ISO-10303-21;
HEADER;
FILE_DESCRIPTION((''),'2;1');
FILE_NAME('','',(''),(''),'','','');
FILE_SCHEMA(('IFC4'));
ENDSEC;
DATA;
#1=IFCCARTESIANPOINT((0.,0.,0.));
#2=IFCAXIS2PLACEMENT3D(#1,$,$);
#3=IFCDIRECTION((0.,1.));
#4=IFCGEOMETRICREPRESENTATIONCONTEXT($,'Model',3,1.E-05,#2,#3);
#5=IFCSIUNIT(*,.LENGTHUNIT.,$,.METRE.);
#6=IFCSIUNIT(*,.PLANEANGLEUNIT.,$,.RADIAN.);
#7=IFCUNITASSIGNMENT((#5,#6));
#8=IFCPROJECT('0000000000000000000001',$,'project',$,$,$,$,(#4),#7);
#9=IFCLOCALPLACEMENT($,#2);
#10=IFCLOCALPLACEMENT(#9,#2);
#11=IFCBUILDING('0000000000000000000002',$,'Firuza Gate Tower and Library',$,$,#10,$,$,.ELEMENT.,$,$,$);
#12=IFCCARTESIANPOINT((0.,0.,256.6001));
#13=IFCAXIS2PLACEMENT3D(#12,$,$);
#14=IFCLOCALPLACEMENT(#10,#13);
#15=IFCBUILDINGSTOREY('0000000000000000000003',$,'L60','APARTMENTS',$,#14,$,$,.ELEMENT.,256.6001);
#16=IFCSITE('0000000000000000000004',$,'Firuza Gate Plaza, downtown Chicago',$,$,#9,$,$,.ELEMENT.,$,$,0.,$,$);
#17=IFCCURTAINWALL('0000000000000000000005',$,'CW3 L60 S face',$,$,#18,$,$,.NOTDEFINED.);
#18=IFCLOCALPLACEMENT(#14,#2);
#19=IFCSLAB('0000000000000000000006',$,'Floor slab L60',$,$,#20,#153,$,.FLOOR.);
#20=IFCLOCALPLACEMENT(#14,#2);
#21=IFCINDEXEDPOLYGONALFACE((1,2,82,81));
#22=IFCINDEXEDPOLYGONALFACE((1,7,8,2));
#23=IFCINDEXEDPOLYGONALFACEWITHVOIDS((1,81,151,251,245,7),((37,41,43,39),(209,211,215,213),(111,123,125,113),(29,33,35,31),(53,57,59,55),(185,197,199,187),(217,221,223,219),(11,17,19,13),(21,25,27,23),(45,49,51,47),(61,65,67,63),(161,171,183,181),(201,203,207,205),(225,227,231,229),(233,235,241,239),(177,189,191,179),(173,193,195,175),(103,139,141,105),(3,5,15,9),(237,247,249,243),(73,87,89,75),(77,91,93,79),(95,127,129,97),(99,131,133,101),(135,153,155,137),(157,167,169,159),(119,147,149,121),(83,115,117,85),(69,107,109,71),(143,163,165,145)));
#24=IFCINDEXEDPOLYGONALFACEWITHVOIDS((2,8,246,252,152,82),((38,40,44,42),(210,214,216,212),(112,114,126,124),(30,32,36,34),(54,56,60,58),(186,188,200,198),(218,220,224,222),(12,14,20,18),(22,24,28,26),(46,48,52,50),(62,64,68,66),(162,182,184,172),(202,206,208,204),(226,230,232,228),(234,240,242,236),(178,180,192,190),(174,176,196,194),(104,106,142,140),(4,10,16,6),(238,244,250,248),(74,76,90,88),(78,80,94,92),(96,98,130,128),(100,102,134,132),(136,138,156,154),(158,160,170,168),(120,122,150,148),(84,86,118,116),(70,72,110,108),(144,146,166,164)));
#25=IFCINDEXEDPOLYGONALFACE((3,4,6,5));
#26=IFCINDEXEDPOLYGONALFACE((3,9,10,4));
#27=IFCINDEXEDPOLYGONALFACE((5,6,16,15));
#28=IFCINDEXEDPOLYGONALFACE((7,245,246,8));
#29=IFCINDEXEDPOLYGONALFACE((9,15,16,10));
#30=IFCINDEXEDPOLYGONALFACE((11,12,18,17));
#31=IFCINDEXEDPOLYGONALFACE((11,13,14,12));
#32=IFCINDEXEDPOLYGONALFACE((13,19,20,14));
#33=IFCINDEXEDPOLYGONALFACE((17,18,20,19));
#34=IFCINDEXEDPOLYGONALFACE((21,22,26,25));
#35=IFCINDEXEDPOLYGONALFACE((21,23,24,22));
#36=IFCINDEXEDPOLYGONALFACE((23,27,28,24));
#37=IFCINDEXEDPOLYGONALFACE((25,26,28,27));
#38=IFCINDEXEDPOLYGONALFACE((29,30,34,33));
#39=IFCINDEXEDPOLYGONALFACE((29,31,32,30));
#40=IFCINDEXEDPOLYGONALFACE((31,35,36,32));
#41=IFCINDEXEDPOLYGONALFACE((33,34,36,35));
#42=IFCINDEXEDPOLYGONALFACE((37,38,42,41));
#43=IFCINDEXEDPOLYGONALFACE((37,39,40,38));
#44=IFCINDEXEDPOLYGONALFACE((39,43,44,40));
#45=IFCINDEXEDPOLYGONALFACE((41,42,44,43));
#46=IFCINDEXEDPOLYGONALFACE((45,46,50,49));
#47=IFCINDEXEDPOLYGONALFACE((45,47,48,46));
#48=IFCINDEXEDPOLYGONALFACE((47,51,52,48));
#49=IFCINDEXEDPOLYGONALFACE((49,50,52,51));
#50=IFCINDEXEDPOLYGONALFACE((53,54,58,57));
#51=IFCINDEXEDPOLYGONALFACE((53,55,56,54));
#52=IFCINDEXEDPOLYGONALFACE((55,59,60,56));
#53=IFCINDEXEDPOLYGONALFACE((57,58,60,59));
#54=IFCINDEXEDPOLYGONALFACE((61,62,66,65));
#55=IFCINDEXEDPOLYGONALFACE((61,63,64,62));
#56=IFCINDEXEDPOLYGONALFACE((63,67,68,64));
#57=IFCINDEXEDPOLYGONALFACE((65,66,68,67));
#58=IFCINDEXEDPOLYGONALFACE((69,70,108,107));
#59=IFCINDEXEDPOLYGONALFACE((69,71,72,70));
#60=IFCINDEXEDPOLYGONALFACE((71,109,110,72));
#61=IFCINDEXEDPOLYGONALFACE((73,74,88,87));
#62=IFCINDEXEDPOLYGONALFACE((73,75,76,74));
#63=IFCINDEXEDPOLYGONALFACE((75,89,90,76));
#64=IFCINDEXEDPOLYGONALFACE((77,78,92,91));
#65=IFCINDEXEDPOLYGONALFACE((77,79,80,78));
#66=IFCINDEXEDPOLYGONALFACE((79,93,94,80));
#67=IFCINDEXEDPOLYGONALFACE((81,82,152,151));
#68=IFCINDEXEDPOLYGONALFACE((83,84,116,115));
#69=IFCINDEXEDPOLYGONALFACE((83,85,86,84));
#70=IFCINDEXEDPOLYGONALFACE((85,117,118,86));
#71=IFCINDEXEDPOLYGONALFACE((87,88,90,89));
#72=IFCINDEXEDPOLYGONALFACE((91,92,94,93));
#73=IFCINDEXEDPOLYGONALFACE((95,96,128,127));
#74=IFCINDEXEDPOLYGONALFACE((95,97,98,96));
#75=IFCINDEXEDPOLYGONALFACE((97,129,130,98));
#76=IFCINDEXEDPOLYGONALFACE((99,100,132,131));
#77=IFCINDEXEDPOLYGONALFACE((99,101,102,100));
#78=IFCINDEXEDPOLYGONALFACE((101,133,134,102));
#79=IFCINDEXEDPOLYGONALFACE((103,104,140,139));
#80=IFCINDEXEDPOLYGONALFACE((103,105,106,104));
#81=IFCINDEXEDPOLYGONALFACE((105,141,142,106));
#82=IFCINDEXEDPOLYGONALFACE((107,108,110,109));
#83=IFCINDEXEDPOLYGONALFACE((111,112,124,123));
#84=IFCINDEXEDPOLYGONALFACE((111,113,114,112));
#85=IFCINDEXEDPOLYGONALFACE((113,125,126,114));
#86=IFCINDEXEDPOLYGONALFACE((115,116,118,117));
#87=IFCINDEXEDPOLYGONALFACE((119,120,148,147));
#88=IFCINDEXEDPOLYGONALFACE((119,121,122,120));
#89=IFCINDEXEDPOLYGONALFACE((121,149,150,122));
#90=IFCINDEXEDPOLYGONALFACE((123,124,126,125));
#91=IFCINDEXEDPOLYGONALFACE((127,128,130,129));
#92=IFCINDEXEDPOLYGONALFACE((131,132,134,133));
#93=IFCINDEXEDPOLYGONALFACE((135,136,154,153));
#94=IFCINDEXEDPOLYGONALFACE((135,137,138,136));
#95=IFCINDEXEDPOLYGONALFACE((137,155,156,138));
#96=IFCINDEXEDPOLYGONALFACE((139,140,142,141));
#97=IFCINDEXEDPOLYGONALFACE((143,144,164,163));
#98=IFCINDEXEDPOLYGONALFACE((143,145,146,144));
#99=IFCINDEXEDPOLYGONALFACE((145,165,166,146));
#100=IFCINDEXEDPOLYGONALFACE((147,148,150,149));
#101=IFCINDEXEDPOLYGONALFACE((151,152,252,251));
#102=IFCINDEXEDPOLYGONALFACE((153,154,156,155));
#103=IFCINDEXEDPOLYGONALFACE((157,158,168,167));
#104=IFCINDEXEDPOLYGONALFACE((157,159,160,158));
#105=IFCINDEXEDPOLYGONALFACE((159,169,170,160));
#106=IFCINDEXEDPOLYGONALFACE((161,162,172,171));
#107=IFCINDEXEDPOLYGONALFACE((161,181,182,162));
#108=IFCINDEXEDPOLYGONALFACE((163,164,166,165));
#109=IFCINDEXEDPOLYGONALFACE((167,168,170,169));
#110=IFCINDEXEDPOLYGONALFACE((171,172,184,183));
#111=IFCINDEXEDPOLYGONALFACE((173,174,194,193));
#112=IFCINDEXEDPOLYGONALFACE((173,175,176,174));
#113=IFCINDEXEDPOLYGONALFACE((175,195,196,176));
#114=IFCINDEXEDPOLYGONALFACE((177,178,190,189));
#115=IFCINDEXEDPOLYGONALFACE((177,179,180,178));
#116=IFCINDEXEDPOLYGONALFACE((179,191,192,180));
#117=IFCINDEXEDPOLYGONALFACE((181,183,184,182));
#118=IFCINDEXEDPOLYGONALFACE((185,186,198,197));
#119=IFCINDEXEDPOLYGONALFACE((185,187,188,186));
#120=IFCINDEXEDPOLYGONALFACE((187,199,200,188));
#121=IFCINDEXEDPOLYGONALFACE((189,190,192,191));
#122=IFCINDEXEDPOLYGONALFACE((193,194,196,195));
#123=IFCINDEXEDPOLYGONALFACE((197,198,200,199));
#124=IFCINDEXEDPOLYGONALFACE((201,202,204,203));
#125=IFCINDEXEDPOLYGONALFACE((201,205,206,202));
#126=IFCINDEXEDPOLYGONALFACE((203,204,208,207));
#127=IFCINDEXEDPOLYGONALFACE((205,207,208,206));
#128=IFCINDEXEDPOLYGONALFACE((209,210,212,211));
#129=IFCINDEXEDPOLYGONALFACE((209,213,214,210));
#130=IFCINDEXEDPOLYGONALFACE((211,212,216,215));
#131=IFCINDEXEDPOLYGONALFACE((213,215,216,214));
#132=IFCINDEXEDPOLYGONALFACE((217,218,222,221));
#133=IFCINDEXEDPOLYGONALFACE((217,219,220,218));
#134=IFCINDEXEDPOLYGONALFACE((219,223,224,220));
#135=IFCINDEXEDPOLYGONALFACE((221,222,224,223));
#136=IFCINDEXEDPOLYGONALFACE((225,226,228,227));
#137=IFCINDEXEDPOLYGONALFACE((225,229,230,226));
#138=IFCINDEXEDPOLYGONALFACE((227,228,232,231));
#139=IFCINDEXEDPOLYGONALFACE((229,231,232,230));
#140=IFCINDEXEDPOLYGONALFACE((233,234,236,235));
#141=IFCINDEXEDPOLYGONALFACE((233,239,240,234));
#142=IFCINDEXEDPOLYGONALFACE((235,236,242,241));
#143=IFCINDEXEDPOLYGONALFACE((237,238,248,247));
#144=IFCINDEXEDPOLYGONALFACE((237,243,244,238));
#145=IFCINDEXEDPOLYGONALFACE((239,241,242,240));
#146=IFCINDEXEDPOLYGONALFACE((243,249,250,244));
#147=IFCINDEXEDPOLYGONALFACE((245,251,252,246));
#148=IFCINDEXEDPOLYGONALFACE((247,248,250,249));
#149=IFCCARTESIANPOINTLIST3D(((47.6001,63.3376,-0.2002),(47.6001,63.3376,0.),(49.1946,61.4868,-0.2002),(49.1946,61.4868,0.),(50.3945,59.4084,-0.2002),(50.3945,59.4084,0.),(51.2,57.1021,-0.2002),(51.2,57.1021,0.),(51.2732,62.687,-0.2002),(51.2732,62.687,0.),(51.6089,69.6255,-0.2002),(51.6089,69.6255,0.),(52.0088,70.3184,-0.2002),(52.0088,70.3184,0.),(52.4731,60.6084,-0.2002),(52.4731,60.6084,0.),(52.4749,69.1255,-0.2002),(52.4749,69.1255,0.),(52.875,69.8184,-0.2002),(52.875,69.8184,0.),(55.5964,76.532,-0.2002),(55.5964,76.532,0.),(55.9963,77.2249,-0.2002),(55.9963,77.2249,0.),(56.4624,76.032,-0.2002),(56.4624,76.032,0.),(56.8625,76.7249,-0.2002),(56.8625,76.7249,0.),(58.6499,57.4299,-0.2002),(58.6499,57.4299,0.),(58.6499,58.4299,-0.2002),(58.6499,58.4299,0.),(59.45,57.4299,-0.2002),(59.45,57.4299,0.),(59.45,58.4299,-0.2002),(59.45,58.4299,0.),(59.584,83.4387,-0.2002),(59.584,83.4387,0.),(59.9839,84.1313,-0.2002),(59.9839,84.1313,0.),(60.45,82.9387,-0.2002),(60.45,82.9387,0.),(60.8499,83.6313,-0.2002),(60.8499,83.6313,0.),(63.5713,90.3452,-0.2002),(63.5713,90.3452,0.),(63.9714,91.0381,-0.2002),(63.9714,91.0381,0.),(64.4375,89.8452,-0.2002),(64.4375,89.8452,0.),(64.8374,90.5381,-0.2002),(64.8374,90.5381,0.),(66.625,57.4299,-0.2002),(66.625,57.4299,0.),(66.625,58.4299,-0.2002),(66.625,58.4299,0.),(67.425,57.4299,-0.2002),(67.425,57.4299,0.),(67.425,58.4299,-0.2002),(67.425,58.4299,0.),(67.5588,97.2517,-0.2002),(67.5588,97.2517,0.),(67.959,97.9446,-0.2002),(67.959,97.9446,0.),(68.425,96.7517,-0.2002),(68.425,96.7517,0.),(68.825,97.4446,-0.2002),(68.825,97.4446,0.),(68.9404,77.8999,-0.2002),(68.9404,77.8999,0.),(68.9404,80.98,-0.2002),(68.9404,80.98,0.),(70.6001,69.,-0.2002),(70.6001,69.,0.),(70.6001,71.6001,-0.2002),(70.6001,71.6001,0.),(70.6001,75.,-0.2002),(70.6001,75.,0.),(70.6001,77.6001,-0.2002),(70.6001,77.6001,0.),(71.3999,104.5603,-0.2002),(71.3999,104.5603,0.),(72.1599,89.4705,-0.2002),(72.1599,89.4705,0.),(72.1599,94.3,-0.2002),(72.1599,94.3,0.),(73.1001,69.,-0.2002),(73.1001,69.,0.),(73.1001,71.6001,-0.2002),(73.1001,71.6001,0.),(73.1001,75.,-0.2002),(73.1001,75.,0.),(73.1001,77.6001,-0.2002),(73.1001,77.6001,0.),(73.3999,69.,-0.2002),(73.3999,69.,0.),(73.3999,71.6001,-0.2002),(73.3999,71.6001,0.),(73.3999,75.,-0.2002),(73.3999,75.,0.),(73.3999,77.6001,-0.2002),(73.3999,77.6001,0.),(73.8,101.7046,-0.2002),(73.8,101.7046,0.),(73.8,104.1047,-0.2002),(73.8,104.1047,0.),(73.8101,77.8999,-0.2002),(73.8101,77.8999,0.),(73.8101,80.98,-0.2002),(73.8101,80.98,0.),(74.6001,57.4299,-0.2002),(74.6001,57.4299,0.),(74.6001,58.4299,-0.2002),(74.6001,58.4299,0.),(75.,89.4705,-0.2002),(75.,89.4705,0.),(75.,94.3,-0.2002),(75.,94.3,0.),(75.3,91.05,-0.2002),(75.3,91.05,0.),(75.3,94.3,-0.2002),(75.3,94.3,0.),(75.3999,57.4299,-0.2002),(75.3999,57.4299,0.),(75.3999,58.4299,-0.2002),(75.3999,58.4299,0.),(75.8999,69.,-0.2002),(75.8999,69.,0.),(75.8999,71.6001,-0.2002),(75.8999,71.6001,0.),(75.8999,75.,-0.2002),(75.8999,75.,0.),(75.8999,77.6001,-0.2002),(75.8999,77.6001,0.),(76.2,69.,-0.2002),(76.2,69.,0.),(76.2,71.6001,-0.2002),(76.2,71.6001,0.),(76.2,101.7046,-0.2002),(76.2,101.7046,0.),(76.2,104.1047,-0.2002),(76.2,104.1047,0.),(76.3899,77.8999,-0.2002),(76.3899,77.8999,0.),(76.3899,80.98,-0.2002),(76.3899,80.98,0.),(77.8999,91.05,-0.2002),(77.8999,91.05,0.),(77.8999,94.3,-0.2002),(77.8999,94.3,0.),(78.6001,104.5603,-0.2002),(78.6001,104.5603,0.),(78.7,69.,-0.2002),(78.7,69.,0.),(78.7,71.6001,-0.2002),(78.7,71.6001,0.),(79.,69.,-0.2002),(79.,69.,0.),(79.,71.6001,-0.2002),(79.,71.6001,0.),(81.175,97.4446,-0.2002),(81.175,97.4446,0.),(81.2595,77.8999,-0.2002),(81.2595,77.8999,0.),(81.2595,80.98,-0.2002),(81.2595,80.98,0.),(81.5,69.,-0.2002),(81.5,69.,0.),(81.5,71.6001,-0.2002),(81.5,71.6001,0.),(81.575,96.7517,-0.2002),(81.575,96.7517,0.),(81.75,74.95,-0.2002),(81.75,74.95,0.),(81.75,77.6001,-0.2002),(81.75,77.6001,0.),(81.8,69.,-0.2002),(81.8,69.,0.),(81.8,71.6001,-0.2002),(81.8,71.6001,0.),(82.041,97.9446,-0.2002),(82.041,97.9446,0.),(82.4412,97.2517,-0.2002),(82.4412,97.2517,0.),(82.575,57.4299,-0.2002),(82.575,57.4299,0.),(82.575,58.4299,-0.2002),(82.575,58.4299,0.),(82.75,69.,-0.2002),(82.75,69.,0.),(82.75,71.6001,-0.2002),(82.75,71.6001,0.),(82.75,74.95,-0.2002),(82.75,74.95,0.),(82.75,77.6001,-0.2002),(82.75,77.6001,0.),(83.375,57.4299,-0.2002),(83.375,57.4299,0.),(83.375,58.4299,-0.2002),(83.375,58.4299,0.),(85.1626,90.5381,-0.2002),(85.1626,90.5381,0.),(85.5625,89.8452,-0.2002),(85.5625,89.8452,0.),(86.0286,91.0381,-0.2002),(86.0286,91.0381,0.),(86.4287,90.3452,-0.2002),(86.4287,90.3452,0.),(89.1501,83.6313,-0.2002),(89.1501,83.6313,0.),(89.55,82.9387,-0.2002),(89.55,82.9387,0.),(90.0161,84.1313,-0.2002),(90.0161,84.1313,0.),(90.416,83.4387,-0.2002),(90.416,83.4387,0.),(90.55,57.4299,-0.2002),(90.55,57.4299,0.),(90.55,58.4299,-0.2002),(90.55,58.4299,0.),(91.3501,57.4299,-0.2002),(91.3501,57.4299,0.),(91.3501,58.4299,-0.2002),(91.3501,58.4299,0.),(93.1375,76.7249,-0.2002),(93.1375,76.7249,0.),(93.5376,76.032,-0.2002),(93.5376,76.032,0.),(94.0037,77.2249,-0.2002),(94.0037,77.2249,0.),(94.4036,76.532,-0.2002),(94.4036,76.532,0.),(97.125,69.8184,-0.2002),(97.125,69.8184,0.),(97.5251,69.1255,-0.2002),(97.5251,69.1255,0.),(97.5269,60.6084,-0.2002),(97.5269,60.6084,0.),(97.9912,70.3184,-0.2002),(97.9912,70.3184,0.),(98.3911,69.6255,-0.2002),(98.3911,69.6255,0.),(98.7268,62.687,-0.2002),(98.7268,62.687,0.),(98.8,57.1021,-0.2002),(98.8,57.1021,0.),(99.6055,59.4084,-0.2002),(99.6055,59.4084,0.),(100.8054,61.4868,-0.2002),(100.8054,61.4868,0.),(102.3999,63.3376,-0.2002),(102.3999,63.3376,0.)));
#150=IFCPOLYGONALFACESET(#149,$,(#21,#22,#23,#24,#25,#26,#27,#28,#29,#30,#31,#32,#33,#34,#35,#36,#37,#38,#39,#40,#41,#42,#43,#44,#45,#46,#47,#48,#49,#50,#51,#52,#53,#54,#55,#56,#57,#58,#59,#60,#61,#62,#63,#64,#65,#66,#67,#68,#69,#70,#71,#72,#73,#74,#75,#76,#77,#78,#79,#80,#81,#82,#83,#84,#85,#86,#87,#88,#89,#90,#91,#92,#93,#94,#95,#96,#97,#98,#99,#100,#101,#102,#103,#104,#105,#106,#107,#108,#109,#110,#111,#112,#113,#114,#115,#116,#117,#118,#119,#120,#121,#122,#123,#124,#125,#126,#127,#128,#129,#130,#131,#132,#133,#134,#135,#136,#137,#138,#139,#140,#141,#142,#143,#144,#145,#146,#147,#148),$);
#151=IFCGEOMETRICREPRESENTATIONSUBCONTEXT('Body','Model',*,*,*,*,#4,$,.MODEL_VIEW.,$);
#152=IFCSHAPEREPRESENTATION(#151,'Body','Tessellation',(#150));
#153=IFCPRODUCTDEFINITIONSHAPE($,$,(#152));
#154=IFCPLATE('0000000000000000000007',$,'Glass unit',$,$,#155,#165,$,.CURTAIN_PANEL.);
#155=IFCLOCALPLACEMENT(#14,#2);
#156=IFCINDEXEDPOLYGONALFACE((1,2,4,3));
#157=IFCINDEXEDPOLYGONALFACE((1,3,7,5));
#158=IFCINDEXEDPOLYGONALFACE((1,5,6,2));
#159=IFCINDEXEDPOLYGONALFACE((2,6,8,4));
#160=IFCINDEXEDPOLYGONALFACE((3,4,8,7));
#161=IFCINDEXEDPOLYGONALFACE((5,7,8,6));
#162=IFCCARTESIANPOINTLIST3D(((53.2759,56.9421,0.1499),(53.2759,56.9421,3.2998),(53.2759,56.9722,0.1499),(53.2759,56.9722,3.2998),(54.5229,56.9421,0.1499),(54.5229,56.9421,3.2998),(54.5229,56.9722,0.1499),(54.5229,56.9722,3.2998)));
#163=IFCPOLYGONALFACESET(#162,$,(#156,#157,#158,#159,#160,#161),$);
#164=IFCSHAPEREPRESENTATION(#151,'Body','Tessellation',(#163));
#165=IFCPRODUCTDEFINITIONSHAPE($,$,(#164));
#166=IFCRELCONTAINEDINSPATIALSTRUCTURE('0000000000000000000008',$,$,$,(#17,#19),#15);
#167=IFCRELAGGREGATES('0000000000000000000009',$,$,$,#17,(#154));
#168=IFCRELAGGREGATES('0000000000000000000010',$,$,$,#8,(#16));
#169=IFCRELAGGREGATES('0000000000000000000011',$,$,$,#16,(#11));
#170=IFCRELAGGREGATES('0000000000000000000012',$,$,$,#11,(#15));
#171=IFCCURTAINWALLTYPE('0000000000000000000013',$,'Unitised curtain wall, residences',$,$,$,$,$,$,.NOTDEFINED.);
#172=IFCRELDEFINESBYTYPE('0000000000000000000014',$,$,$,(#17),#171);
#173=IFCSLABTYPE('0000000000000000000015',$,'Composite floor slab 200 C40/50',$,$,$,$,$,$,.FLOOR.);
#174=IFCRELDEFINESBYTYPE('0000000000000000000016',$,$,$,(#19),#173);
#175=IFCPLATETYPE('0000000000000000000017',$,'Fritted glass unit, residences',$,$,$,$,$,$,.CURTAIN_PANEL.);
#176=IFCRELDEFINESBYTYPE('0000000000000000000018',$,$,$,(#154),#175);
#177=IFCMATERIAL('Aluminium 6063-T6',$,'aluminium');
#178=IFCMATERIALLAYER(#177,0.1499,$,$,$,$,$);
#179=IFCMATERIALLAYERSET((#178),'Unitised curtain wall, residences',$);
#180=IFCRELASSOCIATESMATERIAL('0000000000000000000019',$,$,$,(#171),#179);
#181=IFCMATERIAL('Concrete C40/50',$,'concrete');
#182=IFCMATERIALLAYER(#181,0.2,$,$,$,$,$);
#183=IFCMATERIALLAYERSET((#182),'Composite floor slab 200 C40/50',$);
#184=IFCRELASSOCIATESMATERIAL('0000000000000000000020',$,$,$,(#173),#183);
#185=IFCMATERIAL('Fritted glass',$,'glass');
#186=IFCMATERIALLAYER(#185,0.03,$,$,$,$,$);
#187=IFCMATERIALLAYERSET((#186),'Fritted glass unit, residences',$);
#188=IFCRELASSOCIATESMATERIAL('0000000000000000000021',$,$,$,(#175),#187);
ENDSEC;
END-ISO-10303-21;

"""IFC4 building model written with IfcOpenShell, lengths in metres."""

from ifc_helpers import new_model, si_unit, direction, frame, origin, place, context, subcontext, project, spatial, polyline, outline, extrude, material, layer, layer_set, type_object, element, aggregate, save


model = new_model("IFC4")

# Units and contexts
model_context = context("Model", 3, precision=1e-05, world=origin(), true_north=direction((0.0, 1.0)))
body_context = subcontext(model_context, "Body", "Model", "MODEL_VIEW")
ifc_project = project(units=[si_unit("LENGTHUNIT", "METRE"), si_unit("PLANEANGLEUNIT", "RADIAN")], contexts=[model_context])

# Site, building, storey
site_placement = place(None, origin())
site = spatial("IfcSite", under=ifc_project, at=site_placement, Name="Firuza Gate Plaza, downtown Chicago", CompositionType="ELEMENT", RefElevation=0.0)
building_placement = place(site_placement, origin())
building = spatial("IfcBuilding", under=site, at=building_placement, Name="Firuza Gate Tower and Library", CompositionType="ELEMENT")
storey_placement = place(building_placement, frame((0.0, 0.0, 256.6001)))
storey = spatial("IfcBuildingStorey", under=building, at=storey_placement, Name="L60", Description="APARTMENTS", CompositionType="ELEMENT", Elevation=256.6001)

# Curtain wall
placement_1 = place(storey_placement, origin())
ifc_material_1 = material(Name="Aluminium 6063-T6", Category="aluminium")
ifc_layer_1 = layer(ifc_material_1, 0.1499)
ifc_layer_set_1 = layer_set([ifc_layer_1], Name="Unitised curtain wall, residences")
curtain_wall_type_1 = type_object("IfcCurtainWallType", Name="Unitised curtain wall, residences", PredefinedType="NOTDEFINED", material=ifc_layer_set_1)
curtain_wall_1 = element("IfcCurtainWall", 1, at=placement_1, inside=storey, type_object=curtain_wall_type_1, Name="CW3 L60 S face", PredefinedType="NOTDEFINED")

# Slab
ifc_material_2 = material(Name="Concrete C40/50", Category="concrete")
ifc_layer_2 = layer(ifc_material_2, 0.2)
ifc_layer_set_2 = layer_set([ifc_layer_2], Name="Composite floor slab 200 C40/50")
slab_type_1 = type_object("IfcSlabType", Name="Composite floor slab 200 C40/50", PredefinedType="FLOOR", material=ifc_layer_set_2)
slab_1_placement = place(storey_placement, frame((0.0, 0.0, -0.2002)))
element("IfcSlab", 2, at=slab_1_placement, inside=storey, type_object=slab_type_1, Name="Floor slab L60", PredefinedType="FLOOR", context=body_context, shape_type="SweptSolid", body=[
    extrude(outline(polyline([(47.6001, 63.3376), (51.2, 57.1021), (98.8, 57.1021), (102.3999, 63.3376), (78.6001, 104.5603), (71.3999, 104.5603), (47.6001, 63.3376)]), holes=[polyline([(59.45, 57.4299), (58.6499, 57.4299), (58.6499, 58.4299), (59.45, 58.4299), (59.45, 57.4299)]), polyline([(66.625, 57.4299), (66.625, 58.4299), (67.425, 58.4299), (67.425, 57.4299), (66.625, 57.4299)]), polyline([(49.1946, 61.4868), (51.2732, 62.687), (52.4731, 60.6084), (50.3945, 59.4084), (49.1946, 61.4868)]), polyline([(52.0088, 70.3184), (52.875, 69.8184), (52.4749, 69.1255), (51.6089, 69.6255), (52.0088, 70.3184)]), polyline([(73.1001, 69.0), (70.6001, 69.0), (70.6001, 71.6001), (73.1001, 71.6001), (73.1001, 69.0)]), polyline([(75.8999, 69.0), (73.3999, 69.0), (73.3999, 71.6001), (75.8999, 71.6001), (75.8999, 69.0)]), polyline([(73.1001, 75.0), (70.6001, 75.0), (70.6001, 77.6001), (73.1001, 77.6001), (73.1001, 75.0)]), polyline([(75.8999, 75.0), (73.3999, 75.0), (73.3999, 77.6001), (75.8999, 77.6001), (75.8999, 75.0)]), polyline([(55.9963, 77.2249), (56.8625, 76.7249), (56.4624, 76.032), (55.5964, 76.532), (55.9963, 77.2249)]), polyline([(68.9404, 77.8999), (68.9404, 80.98), (73.8101, 80.98), (73.8101, 77.8999), (68.9404, 77.8999)]), polyline([(59.9839, 84.1313), (60.8499, 83.6313), (60.45, 82.9387), (59.584, 83.4387), (59.9839, 84.1313)]), polyline([(63.9714, 91.0381), (64.8374, 90.5381), (64.4375, 89.8452), (63.5713, 90.3452), (63.9714, 91.0381)]), polyline([(72.1599, 89.4705), (72.1599, 94.3), (75.0, 94.3), (75.0, 89.4705), (72.1599, 89.4705)]), polyline([(67.959, 97.9446), (68.825, 97.4446), (68.425, 96.7517), (67.5588, 97.2517), (67.959, 97.9446)]), polyline([(76.2, 104.1047), (76.2, 101.7046), (73.8, 101.7046), (73.8, 104.1047), (76.2, 104.1047)]), polyline([(75.3999, 57.4299), (74.6001, 57.4299), (74.6001, 58.4299), (75.3999, 58.4299), (75.3999, 57.4299)]), polyline([(82.575, 57.4299), (82.575, 58.4299), (83.375, 58.4299), (83.375, 57.4299), (82.575, 57.4299)]), polyline([(90.55, 57.4299), (90.55, 58.4299), (91.3501, 58.4299), (91.3501, 57.4299), (90.55, 57.4299)]), polyline([(99.6055, 59.4084), (97.5269, 60.6084), (98.7268, 62.687), (100.8054, 61.4868), (99.6055, 59.4084)]), polyline([(98.3911, 69.6255), (97.5251, 69.1255), (97.125, 69.8184), (97.9912, 70.3184), (98.3911, 69.6255)]), polyline([(78.7, 69.0), (76.2, 69.0), (76.2, 71.6001), (78.7, 71.6001), (78.7, 69.0)]), polyline([(81.5, 69.0), (79.0, 69.0), (79.0, 71.6001), (81.5, 71.6001), (81.5, 69.0)]), polyline([(82.75, 69.0), (81.8, 69.0), (81.8, 71.6001), (82.75, 71.6001), (82.75, 69.0)]), polyline([(82.75, 74.95), (81.75, 74.95), (81.75, 77.6001), (82.75, 77.6001), (82.75, 74.95)]), polyline([(94.4036, 76.532), (93.5376, 76.032), (93.1375, 76.7249), (94.0037, 77.2249), (94.4036, 76.532)]), polyline([(81.2595, 80.98), (81.2595, 77.8999), (76.3899, 77.8999), (76.3899, 80.98), (81.2595, 80.98)]), polyline([(90.416, 83.4387), (89.55, 82.9387), (89.1501, 83.6313), (90.0161, 84.1313), (90.416, 83.4387)]), polyline([(86.4287, 90.3452), (85.5625, 89.8452), (85.1626, 90.5381), (86.0286, 91.0381), (86.4287, 90.3452)]), polyline([(77.8999, 91.05), (75.3, 91.05), (75.3, 94.3), (77.8999, 94.3), (77.8999, 91.05)]), polyline([(82.4412, 97.2517), (81.575, 96.7517), (81.175, 97.4446), (82.041, 97.9446), (82.4412, 97.2517)])]), origin(), (0.0, 0.0, 1.0), 0.2002),
])

# Plate
ifc_material_3 = material(Name="Fritted glass", Category="glass")
ifc_layer_3 = layer(ifc_material_3, 0.03)
ifc_layer_set_3 = layer_set([ifc_layer_3], Name="Fritted glass unit, residences")
plate_type_1 = type_object("IfcPlateType", Name="Fritted glass unit, residences", PredefinedType="CURTAIN_PANEL", material=ifc_layer_set_3)
plate_1_placement = place(storey_placement, frame((53.2759, 56.9421, 0.1499), z_axis=(0.0, -1.0, 0.0), x_axis=(1.0, 0.0, 0.0)))
plate_1 = element("IfcPlate", 3, at=plate_1_placement, type_object=plate_type_1, Name="Glass unit", PredefinedType="CURTAIN_PANEL", context=body_context, shape_type="SweptSolid", body=[
    extrude(outline(polyline([(0.0, 0.0), (1.2471, 0.0), (1.2471, 3.1499), (0.0, 3.1499), (0.0, 0.0)])), origin(), (0.0, 0.0, -1.0), 0.03),
])
aggregate(curtain_wall_1, [plate_1])

save(model, "model.ifc")
